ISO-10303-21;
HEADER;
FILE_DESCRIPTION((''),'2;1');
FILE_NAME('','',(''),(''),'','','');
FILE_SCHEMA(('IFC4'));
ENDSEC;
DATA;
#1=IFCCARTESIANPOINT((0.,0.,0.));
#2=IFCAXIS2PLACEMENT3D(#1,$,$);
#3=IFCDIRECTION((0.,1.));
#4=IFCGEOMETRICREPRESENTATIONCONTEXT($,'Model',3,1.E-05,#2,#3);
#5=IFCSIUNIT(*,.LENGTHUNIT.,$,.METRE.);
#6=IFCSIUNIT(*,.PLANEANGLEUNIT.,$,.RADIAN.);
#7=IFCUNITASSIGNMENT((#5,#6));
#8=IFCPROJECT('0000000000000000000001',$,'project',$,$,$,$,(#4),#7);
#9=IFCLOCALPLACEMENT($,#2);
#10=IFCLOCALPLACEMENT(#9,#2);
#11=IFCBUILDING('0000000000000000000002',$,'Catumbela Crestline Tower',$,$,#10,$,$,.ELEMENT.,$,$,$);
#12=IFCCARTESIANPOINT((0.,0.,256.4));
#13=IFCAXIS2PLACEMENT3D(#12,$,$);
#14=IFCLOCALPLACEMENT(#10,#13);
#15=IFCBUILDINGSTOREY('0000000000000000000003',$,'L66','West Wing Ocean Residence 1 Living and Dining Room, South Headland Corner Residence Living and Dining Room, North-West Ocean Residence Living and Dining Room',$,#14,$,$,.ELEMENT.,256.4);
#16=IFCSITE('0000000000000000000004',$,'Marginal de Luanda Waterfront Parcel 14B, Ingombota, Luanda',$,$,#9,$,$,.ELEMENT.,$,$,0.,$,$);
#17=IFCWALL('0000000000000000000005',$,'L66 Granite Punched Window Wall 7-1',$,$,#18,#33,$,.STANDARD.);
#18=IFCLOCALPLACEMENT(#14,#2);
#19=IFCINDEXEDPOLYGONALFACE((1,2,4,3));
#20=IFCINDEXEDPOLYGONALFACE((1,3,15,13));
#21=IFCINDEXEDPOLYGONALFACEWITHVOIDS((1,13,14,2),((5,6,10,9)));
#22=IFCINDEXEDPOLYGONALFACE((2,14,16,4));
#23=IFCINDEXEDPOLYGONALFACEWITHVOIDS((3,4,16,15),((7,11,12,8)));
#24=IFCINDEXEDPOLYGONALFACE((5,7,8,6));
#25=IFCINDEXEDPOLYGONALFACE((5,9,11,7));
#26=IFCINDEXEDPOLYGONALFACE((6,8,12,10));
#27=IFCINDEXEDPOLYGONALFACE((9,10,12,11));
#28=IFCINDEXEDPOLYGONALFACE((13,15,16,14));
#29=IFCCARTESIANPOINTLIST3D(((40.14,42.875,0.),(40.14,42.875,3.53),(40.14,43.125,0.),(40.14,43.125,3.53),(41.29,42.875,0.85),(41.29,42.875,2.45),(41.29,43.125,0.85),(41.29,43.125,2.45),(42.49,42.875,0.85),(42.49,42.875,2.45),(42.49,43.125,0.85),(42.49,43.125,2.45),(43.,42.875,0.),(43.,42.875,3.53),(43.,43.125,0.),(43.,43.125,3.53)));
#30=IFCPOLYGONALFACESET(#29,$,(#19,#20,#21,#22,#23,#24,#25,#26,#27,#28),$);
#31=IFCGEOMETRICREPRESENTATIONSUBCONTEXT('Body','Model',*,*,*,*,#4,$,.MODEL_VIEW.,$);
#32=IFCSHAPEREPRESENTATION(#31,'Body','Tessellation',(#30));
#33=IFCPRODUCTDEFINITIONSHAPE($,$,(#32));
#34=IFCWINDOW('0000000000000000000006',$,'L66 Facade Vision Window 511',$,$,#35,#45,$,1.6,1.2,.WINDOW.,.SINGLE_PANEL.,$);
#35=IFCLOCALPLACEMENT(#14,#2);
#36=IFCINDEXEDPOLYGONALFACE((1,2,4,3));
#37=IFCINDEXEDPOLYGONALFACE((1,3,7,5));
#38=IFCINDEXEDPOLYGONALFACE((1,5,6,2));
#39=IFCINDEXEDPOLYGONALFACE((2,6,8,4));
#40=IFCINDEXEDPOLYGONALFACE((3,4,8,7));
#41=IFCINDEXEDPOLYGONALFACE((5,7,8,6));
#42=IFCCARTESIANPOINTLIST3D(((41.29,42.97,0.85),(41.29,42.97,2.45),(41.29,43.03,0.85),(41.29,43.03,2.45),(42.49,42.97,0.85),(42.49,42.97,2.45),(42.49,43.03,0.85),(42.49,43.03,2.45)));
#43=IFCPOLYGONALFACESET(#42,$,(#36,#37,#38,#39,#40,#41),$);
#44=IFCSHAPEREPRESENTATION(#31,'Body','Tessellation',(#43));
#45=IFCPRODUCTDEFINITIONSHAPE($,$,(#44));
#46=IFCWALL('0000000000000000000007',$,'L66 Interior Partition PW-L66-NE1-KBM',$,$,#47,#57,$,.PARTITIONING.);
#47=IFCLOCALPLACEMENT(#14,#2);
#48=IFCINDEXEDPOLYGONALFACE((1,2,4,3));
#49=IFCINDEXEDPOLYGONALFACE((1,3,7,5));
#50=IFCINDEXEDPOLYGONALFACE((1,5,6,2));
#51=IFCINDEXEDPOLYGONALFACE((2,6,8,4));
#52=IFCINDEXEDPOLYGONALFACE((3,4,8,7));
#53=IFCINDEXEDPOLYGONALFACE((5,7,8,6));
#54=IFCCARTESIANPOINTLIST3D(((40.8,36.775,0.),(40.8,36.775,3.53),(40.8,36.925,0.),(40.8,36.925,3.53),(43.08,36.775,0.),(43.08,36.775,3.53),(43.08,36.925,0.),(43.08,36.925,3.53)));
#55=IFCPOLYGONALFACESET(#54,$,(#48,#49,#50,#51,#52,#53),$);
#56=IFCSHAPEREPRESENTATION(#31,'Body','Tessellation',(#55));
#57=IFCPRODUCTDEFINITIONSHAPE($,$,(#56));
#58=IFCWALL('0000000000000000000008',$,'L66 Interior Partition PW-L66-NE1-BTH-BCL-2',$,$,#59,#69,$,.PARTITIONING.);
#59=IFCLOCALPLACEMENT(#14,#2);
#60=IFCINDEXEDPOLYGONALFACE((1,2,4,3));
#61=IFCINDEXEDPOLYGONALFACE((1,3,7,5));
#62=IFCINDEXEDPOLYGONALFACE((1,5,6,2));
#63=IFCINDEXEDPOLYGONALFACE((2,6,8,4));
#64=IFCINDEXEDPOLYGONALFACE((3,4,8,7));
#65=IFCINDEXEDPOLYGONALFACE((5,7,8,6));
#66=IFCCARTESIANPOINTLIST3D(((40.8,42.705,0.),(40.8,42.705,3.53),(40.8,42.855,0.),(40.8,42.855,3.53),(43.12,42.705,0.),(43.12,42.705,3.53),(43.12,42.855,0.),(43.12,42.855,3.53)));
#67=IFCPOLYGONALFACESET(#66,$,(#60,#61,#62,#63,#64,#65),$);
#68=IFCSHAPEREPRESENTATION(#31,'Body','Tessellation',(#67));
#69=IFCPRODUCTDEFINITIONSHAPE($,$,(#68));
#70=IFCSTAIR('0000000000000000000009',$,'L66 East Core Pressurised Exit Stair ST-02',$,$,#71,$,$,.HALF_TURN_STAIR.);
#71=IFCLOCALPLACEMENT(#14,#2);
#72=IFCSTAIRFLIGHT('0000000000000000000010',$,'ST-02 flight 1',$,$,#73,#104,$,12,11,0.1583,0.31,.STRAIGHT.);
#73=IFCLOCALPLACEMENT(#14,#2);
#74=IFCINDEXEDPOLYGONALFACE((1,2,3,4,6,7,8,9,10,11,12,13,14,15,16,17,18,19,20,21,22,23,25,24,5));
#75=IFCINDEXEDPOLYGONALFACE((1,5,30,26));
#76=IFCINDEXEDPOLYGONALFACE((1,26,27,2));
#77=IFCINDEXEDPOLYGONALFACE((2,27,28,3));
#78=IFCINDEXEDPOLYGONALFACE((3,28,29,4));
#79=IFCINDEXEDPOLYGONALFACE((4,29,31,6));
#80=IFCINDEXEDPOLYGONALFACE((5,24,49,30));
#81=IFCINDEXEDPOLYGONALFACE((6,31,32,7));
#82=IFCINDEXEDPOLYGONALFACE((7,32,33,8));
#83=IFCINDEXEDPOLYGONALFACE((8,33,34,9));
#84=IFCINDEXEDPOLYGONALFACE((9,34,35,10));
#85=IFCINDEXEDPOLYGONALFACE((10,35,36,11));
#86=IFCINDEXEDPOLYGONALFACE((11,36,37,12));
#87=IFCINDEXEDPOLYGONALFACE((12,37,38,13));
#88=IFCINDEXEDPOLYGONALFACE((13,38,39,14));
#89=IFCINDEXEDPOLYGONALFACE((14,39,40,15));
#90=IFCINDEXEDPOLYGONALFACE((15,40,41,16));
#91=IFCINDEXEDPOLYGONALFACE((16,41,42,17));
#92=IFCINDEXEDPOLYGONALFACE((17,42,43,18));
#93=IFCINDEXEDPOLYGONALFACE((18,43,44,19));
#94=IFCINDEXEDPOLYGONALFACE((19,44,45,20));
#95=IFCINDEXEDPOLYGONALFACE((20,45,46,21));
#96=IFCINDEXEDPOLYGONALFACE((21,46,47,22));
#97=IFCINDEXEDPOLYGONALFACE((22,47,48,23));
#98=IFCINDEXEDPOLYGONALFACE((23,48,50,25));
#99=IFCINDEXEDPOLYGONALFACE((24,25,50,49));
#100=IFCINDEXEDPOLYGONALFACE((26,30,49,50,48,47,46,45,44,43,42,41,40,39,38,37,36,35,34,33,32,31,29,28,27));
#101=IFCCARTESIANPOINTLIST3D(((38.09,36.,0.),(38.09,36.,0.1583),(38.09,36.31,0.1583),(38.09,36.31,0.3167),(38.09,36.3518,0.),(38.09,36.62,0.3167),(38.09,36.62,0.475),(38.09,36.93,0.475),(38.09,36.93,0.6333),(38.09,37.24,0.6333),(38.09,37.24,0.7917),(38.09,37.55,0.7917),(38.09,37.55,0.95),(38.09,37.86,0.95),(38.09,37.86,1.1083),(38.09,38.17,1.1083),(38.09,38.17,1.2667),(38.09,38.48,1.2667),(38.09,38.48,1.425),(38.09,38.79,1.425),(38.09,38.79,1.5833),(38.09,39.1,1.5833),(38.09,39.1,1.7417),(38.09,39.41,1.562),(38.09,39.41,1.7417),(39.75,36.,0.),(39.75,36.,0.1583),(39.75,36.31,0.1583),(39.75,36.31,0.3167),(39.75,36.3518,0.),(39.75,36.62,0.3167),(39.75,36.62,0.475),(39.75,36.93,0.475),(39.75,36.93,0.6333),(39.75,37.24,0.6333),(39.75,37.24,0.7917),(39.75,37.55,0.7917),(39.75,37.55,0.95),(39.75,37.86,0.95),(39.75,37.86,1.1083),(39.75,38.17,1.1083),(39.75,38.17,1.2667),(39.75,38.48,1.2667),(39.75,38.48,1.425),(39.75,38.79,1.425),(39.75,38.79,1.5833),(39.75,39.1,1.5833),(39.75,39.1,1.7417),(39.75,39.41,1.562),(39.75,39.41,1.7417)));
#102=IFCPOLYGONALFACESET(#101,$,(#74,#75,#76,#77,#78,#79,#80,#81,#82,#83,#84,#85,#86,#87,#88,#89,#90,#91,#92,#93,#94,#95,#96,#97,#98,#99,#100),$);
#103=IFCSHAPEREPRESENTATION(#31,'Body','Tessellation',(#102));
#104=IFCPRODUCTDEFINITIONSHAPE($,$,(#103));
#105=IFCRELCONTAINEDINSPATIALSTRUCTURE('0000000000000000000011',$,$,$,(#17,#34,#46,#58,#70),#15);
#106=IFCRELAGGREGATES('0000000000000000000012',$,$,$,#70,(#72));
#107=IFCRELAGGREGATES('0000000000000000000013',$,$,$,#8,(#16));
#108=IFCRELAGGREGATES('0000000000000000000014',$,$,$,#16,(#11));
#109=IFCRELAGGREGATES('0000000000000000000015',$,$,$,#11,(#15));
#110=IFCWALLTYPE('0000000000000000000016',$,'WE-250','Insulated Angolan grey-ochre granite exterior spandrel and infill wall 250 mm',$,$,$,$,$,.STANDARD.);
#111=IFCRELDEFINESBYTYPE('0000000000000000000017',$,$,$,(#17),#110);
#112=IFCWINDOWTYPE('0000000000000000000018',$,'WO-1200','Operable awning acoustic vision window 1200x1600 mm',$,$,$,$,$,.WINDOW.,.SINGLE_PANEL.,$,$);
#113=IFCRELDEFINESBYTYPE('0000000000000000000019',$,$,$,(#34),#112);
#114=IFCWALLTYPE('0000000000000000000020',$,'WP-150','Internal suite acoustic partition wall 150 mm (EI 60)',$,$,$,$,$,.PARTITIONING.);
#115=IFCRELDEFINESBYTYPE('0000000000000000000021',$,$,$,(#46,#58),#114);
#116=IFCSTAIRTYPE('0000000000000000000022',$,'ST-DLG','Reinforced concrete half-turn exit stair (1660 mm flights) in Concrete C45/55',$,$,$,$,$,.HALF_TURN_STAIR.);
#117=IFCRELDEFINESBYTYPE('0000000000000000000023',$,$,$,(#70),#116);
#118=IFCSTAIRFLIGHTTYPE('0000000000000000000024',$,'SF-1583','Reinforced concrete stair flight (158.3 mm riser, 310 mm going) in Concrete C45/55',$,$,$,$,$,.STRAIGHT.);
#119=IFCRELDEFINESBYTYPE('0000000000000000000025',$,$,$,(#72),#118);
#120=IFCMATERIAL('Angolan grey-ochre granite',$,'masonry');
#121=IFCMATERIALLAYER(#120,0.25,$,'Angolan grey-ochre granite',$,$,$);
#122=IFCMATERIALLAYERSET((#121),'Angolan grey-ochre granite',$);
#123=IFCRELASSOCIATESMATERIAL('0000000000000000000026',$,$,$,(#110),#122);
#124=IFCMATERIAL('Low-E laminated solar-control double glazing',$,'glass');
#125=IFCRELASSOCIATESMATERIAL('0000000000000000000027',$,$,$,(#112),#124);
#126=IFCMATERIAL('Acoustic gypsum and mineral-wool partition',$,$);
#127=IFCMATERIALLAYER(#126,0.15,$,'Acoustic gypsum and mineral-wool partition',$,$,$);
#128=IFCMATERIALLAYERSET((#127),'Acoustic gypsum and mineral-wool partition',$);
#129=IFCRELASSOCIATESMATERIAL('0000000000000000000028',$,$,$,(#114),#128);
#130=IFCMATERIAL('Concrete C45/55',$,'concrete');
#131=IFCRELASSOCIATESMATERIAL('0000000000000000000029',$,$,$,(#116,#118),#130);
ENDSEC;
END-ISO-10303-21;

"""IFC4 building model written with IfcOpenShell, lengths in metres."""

from ifc_helpers import new_model, si_unit, direction, frame, frame_2d, origin, place, context, subcontext, project, spatial, polyline, rectangle, outline, extrude, material, layer, layer_set, type_object, element, fill, aggregate, save


model = new_model("IFC4")

# Units and contexts
model_context = context("Model", 3, precision=1e-05, world=origin(), true_north=direction((0.0, 1.0)))
body_context = subcontext(model_context, "Body", "Model", "MODEL_VIEW")
ifc_project = project(units=[si_unit("LENGTHUNIT", "METRE"), si_unit("PLANEANGLEUNIT", "RADIAN")], contexts=[model_context])

# Site, building, storey
site_placement = place(None, origin())
site = spatial("IfcSite", under=ifc_project, at=site_placement, Name="Marginal de Luanda Waterfront Parcel 14B, Ingombota, Luanda", CompositionType="ELEMENT", RefElevation=0.0)
building_placement = place(site_placement, origin())
building = spatial("IfcBuilding", under=site, at=building_placement, Name="Catumbela Crestline Tower", CompositionType="ELEMENT")
storey_placement = place(building_placement, frame((0.0, 0.0, 256.4)))
storey = spatial("IfcBuildingStorey", under=building, at=storey_placement, Name="L66", Description="West Wing Ocean Residence 1 Living and Dining Room, South Headland Corner Residence Living and Dining Room, North-West Ocean Residence Living and Dining Room", CompositionType="ELEMENT", Elevation=256.4)

# Shared definitions
ifc_material_1 = material(Name="Concrete C45/55", Category="concrete")

# Shared definitions
ifc_material_2 = material(Name="Low-E laminated solar-control double glazing", Category="glass")

# Wall, opening, window
ifc_material_3 = material(Name="Angolan grey-ochre granite", Category="masonry")
ifc_layer_1 = layer(ifc_material_3, 0.25, Name="Angolan grey-ochre granite")
ifc_layer_set_1 = layer_set([ifc_layer_1], Name="Angolan grey-ochre granite")
wall_type_1 = type_object("IfcWallType", Name="WE-250", Description="Insulated Angolan grey-ochre granite exterior spandrel and infill wall 250 mm", PredefinedType="STANDARD", material=ifc_layer_set_1)
window_type = type_object("IfcWindowType", Name="WO-1200", Description="Operable awning acoustic vision window 1200x1600 mm", PartitioningType="SINGLE_PANEL", PredefinedType="WINDOW", material=ifc_material_2)
wall_1_placement = place(storey_placement, frame((43.0, 43.0, 0.0), z_axis=(0.0, 0.0, 1.0), x_axis=(-1.0, 0.0, 0.0)))
wall_1 = element("IfcWall", 1, at=wall_1_placement, inside=storey, type_object=wall_type_1, Name="L66 Granite Punched Window Wall 7-1", PredefinedType="STANDARD", context=body_context, shape_type="SweptSolid", body=[
    extrude(rectangle(XDim=2.86, YDim=0.25, at=frame_2d((1.43, 0.0))), origin(), (0.0, 0.0, 1.0), 3.53),
])
opening_1_placement = place(wall_1_placement, frame((0.51, 0.0, 0.85)))
opening_1 = element("IfcOpeningElement", 2, at=opening_1_placement, cuts=wall_1, PredefinedType="OPENING", context=body_context, shape_type="SweptSolid", body=[
    extrude(rectangle(XDim=1.2, YDim=1.6, at=frame_2d((0.6, 0.8))), frame((0.0, 0.135, 0.0), z_axis=(0.0, -1.0, 0.0), x_axis=(1.0, 0.0, 0.0)), (0.0, 0.0, 1.0), 0.27),
])
window_1_placement = place(opening_1_placement, origin())
window_1 = element("IfcWindow", 3, at=window_1_placement, inside=storey, type_object=window_type, Name="L66 Facade Vision Window 511", OverallHeight=1.6, OverallWidth=1.2, PartitioningType="SINGLE_PANEL", PredefinedType="WINDOW", context=body_context, shape_type="SweptSolid", body=[
    extrude(rectangle(XDim=1.2, YDim=1.6, at=frame_2d((0.6, 0.8))), frame((0.0, 0.03, 0.0), z_axis=(0.0, -1.0, 0.0), x_axis=(1.0, 0.0, 0.0)), (0.0, 0.0, 1.0), 0.06),
])
fill(opening_1, window_1)

# Walls
ifc_material_4 = material(Name="Acoustic gypsum and mineral-wool partition")
ifc_layer_2 = layer(ifc_material_4, 0.15, Name="Acoustic gypsum and mineral-wool partition")
ifc_layer_set_2 = layer_set([ifc_layer_2], Name="Acoustic gypsum and mineral-wool partition")
wall_type_2 = type_object("IfcWallType", Name="WP-150", Description="Internal suite acoustic partition wall 150 mm (EI 60)", PredefinedType="PARTITIONING", material=ifc_layer_set_2)
wall_2_placement = place(storey_placement, frame((40.8, 36.85, 0.0), z_axis=(0.0, 0.0, 1.0), x_axis=(1.0, 0.0, 0.0)))
element("IfcWall", 4, at=wall_2_placement, inside=storey, type_object=wall_type_2, Name="L66 Interior Partition PW-L66-NE1-KBM", PredefinedType="PARTITIONING", context=body_context, shape_type="SweptSolid", body=[
    extrude(rectangle(XDim=2.28, YDim=0.15, at=frame_2d((1.14, 0.0))), origin(), (0.0, 0.0, 1.0), 3.53),
])
wall_3_placement = place(storey_placement, frame((40.8, 42.78, 0.0), z_axis=(0.0, 0.0, 1.0), x_axis=(1.0, 0.0, 0.0)))
element("IfcWall", 5, at=wall_3_placement, inside=storey, type_object=wall_type_2, Name="L66 Interior Partition PW-L66-NE1-BTH-BCL-2", PredefinedType="PARTITIONING", context=body_context, shape_type="SweptSolid", body=[
    extrude(rectangle(XDim=2.32, YDim=0.15, at=frame_2d((1.16, 0.0))), origin(), (0.0, 0.0, 1.0), 3.53),
])

# Stair, stair flight
stair_type = type_object("IfcStairType", Name="ST-DLG", Description="Reinforced concrete half-turn exit stair (1660 mm flights) in Concrete C45/55", PredefinedType="HALF_TURN_STAIR", material=ifc_material_1)
stair_placement = place(storey_placement, origin())
stair = element("IfcStair", 6, at=stair_placement, inside=storey, type_object=stair_type, Name="L66 East Core Pressurised Exit Stair ST-02", PredefinedType="HALF_TURN_STAIR")
stair_flight_type = type_object("IfcStairFlightType", Name="SF-1583", Description="Reinforced concrete stair flight (158.3 mm riser, 310 mm going) in Concrete C45/55", PredefinedType="STRAIGHT", material=ifc_material_1)
stair_flight_placement = place(storey_placement, frame((38.92, 36.0, 0.0), z_axis=(0.0, 0.0, 1.0), x_axis=(0.0, 1.0, 0.0)))
stair_flight = element("IfcStairFlight", 7, at=stair_flight_placement, type_object=stair_flight_type, Name="ST-02 flight 1", NumberOfRisers=12, NumberOfTreads=11, PredefinedType="STRAIGHT", RiserHeight=0.1583, TreadLength=0.31, context=body_context, shape_type="SweptSolid", body=[
    extrude(outline(polyline([(0.0, 0.0), (0.0, 0.1583), (0.31, 0.1583), (0.31, 0.3167), (0.62, 0.3167), (0.62, 0.475), (0.93, 0.475), (0.93, 0.6333), (1.24, 0.6333), (1.24, 0.7917), (1.55, 0.7917), (1.55, 0.95), (1.86, 0.95), (1.86, 1.1083), (2.17, 1.1083), (2.17, 1.2667), (2.48, 1.2667), (2.48, 1.425), (2.79, 1.425), (2.79, 1.5833), (3.1, 1.5833), (3.1, 1.7417), (3.41, 1.7417), (3.41, 1.9), (3.41, 1.562), (0.3518, 0.0), (0.0, 0.0)])), frame((0.0, 0.83, 0.0), z_axis=(0.0, -1.0, 0.0), x_axis=(1.0, 0.0, 0.0)), (0.0, 0.0, 1.0), 1.66),
])
aggregate(stair, [stair_flight])

save(model, "model.ifc")
